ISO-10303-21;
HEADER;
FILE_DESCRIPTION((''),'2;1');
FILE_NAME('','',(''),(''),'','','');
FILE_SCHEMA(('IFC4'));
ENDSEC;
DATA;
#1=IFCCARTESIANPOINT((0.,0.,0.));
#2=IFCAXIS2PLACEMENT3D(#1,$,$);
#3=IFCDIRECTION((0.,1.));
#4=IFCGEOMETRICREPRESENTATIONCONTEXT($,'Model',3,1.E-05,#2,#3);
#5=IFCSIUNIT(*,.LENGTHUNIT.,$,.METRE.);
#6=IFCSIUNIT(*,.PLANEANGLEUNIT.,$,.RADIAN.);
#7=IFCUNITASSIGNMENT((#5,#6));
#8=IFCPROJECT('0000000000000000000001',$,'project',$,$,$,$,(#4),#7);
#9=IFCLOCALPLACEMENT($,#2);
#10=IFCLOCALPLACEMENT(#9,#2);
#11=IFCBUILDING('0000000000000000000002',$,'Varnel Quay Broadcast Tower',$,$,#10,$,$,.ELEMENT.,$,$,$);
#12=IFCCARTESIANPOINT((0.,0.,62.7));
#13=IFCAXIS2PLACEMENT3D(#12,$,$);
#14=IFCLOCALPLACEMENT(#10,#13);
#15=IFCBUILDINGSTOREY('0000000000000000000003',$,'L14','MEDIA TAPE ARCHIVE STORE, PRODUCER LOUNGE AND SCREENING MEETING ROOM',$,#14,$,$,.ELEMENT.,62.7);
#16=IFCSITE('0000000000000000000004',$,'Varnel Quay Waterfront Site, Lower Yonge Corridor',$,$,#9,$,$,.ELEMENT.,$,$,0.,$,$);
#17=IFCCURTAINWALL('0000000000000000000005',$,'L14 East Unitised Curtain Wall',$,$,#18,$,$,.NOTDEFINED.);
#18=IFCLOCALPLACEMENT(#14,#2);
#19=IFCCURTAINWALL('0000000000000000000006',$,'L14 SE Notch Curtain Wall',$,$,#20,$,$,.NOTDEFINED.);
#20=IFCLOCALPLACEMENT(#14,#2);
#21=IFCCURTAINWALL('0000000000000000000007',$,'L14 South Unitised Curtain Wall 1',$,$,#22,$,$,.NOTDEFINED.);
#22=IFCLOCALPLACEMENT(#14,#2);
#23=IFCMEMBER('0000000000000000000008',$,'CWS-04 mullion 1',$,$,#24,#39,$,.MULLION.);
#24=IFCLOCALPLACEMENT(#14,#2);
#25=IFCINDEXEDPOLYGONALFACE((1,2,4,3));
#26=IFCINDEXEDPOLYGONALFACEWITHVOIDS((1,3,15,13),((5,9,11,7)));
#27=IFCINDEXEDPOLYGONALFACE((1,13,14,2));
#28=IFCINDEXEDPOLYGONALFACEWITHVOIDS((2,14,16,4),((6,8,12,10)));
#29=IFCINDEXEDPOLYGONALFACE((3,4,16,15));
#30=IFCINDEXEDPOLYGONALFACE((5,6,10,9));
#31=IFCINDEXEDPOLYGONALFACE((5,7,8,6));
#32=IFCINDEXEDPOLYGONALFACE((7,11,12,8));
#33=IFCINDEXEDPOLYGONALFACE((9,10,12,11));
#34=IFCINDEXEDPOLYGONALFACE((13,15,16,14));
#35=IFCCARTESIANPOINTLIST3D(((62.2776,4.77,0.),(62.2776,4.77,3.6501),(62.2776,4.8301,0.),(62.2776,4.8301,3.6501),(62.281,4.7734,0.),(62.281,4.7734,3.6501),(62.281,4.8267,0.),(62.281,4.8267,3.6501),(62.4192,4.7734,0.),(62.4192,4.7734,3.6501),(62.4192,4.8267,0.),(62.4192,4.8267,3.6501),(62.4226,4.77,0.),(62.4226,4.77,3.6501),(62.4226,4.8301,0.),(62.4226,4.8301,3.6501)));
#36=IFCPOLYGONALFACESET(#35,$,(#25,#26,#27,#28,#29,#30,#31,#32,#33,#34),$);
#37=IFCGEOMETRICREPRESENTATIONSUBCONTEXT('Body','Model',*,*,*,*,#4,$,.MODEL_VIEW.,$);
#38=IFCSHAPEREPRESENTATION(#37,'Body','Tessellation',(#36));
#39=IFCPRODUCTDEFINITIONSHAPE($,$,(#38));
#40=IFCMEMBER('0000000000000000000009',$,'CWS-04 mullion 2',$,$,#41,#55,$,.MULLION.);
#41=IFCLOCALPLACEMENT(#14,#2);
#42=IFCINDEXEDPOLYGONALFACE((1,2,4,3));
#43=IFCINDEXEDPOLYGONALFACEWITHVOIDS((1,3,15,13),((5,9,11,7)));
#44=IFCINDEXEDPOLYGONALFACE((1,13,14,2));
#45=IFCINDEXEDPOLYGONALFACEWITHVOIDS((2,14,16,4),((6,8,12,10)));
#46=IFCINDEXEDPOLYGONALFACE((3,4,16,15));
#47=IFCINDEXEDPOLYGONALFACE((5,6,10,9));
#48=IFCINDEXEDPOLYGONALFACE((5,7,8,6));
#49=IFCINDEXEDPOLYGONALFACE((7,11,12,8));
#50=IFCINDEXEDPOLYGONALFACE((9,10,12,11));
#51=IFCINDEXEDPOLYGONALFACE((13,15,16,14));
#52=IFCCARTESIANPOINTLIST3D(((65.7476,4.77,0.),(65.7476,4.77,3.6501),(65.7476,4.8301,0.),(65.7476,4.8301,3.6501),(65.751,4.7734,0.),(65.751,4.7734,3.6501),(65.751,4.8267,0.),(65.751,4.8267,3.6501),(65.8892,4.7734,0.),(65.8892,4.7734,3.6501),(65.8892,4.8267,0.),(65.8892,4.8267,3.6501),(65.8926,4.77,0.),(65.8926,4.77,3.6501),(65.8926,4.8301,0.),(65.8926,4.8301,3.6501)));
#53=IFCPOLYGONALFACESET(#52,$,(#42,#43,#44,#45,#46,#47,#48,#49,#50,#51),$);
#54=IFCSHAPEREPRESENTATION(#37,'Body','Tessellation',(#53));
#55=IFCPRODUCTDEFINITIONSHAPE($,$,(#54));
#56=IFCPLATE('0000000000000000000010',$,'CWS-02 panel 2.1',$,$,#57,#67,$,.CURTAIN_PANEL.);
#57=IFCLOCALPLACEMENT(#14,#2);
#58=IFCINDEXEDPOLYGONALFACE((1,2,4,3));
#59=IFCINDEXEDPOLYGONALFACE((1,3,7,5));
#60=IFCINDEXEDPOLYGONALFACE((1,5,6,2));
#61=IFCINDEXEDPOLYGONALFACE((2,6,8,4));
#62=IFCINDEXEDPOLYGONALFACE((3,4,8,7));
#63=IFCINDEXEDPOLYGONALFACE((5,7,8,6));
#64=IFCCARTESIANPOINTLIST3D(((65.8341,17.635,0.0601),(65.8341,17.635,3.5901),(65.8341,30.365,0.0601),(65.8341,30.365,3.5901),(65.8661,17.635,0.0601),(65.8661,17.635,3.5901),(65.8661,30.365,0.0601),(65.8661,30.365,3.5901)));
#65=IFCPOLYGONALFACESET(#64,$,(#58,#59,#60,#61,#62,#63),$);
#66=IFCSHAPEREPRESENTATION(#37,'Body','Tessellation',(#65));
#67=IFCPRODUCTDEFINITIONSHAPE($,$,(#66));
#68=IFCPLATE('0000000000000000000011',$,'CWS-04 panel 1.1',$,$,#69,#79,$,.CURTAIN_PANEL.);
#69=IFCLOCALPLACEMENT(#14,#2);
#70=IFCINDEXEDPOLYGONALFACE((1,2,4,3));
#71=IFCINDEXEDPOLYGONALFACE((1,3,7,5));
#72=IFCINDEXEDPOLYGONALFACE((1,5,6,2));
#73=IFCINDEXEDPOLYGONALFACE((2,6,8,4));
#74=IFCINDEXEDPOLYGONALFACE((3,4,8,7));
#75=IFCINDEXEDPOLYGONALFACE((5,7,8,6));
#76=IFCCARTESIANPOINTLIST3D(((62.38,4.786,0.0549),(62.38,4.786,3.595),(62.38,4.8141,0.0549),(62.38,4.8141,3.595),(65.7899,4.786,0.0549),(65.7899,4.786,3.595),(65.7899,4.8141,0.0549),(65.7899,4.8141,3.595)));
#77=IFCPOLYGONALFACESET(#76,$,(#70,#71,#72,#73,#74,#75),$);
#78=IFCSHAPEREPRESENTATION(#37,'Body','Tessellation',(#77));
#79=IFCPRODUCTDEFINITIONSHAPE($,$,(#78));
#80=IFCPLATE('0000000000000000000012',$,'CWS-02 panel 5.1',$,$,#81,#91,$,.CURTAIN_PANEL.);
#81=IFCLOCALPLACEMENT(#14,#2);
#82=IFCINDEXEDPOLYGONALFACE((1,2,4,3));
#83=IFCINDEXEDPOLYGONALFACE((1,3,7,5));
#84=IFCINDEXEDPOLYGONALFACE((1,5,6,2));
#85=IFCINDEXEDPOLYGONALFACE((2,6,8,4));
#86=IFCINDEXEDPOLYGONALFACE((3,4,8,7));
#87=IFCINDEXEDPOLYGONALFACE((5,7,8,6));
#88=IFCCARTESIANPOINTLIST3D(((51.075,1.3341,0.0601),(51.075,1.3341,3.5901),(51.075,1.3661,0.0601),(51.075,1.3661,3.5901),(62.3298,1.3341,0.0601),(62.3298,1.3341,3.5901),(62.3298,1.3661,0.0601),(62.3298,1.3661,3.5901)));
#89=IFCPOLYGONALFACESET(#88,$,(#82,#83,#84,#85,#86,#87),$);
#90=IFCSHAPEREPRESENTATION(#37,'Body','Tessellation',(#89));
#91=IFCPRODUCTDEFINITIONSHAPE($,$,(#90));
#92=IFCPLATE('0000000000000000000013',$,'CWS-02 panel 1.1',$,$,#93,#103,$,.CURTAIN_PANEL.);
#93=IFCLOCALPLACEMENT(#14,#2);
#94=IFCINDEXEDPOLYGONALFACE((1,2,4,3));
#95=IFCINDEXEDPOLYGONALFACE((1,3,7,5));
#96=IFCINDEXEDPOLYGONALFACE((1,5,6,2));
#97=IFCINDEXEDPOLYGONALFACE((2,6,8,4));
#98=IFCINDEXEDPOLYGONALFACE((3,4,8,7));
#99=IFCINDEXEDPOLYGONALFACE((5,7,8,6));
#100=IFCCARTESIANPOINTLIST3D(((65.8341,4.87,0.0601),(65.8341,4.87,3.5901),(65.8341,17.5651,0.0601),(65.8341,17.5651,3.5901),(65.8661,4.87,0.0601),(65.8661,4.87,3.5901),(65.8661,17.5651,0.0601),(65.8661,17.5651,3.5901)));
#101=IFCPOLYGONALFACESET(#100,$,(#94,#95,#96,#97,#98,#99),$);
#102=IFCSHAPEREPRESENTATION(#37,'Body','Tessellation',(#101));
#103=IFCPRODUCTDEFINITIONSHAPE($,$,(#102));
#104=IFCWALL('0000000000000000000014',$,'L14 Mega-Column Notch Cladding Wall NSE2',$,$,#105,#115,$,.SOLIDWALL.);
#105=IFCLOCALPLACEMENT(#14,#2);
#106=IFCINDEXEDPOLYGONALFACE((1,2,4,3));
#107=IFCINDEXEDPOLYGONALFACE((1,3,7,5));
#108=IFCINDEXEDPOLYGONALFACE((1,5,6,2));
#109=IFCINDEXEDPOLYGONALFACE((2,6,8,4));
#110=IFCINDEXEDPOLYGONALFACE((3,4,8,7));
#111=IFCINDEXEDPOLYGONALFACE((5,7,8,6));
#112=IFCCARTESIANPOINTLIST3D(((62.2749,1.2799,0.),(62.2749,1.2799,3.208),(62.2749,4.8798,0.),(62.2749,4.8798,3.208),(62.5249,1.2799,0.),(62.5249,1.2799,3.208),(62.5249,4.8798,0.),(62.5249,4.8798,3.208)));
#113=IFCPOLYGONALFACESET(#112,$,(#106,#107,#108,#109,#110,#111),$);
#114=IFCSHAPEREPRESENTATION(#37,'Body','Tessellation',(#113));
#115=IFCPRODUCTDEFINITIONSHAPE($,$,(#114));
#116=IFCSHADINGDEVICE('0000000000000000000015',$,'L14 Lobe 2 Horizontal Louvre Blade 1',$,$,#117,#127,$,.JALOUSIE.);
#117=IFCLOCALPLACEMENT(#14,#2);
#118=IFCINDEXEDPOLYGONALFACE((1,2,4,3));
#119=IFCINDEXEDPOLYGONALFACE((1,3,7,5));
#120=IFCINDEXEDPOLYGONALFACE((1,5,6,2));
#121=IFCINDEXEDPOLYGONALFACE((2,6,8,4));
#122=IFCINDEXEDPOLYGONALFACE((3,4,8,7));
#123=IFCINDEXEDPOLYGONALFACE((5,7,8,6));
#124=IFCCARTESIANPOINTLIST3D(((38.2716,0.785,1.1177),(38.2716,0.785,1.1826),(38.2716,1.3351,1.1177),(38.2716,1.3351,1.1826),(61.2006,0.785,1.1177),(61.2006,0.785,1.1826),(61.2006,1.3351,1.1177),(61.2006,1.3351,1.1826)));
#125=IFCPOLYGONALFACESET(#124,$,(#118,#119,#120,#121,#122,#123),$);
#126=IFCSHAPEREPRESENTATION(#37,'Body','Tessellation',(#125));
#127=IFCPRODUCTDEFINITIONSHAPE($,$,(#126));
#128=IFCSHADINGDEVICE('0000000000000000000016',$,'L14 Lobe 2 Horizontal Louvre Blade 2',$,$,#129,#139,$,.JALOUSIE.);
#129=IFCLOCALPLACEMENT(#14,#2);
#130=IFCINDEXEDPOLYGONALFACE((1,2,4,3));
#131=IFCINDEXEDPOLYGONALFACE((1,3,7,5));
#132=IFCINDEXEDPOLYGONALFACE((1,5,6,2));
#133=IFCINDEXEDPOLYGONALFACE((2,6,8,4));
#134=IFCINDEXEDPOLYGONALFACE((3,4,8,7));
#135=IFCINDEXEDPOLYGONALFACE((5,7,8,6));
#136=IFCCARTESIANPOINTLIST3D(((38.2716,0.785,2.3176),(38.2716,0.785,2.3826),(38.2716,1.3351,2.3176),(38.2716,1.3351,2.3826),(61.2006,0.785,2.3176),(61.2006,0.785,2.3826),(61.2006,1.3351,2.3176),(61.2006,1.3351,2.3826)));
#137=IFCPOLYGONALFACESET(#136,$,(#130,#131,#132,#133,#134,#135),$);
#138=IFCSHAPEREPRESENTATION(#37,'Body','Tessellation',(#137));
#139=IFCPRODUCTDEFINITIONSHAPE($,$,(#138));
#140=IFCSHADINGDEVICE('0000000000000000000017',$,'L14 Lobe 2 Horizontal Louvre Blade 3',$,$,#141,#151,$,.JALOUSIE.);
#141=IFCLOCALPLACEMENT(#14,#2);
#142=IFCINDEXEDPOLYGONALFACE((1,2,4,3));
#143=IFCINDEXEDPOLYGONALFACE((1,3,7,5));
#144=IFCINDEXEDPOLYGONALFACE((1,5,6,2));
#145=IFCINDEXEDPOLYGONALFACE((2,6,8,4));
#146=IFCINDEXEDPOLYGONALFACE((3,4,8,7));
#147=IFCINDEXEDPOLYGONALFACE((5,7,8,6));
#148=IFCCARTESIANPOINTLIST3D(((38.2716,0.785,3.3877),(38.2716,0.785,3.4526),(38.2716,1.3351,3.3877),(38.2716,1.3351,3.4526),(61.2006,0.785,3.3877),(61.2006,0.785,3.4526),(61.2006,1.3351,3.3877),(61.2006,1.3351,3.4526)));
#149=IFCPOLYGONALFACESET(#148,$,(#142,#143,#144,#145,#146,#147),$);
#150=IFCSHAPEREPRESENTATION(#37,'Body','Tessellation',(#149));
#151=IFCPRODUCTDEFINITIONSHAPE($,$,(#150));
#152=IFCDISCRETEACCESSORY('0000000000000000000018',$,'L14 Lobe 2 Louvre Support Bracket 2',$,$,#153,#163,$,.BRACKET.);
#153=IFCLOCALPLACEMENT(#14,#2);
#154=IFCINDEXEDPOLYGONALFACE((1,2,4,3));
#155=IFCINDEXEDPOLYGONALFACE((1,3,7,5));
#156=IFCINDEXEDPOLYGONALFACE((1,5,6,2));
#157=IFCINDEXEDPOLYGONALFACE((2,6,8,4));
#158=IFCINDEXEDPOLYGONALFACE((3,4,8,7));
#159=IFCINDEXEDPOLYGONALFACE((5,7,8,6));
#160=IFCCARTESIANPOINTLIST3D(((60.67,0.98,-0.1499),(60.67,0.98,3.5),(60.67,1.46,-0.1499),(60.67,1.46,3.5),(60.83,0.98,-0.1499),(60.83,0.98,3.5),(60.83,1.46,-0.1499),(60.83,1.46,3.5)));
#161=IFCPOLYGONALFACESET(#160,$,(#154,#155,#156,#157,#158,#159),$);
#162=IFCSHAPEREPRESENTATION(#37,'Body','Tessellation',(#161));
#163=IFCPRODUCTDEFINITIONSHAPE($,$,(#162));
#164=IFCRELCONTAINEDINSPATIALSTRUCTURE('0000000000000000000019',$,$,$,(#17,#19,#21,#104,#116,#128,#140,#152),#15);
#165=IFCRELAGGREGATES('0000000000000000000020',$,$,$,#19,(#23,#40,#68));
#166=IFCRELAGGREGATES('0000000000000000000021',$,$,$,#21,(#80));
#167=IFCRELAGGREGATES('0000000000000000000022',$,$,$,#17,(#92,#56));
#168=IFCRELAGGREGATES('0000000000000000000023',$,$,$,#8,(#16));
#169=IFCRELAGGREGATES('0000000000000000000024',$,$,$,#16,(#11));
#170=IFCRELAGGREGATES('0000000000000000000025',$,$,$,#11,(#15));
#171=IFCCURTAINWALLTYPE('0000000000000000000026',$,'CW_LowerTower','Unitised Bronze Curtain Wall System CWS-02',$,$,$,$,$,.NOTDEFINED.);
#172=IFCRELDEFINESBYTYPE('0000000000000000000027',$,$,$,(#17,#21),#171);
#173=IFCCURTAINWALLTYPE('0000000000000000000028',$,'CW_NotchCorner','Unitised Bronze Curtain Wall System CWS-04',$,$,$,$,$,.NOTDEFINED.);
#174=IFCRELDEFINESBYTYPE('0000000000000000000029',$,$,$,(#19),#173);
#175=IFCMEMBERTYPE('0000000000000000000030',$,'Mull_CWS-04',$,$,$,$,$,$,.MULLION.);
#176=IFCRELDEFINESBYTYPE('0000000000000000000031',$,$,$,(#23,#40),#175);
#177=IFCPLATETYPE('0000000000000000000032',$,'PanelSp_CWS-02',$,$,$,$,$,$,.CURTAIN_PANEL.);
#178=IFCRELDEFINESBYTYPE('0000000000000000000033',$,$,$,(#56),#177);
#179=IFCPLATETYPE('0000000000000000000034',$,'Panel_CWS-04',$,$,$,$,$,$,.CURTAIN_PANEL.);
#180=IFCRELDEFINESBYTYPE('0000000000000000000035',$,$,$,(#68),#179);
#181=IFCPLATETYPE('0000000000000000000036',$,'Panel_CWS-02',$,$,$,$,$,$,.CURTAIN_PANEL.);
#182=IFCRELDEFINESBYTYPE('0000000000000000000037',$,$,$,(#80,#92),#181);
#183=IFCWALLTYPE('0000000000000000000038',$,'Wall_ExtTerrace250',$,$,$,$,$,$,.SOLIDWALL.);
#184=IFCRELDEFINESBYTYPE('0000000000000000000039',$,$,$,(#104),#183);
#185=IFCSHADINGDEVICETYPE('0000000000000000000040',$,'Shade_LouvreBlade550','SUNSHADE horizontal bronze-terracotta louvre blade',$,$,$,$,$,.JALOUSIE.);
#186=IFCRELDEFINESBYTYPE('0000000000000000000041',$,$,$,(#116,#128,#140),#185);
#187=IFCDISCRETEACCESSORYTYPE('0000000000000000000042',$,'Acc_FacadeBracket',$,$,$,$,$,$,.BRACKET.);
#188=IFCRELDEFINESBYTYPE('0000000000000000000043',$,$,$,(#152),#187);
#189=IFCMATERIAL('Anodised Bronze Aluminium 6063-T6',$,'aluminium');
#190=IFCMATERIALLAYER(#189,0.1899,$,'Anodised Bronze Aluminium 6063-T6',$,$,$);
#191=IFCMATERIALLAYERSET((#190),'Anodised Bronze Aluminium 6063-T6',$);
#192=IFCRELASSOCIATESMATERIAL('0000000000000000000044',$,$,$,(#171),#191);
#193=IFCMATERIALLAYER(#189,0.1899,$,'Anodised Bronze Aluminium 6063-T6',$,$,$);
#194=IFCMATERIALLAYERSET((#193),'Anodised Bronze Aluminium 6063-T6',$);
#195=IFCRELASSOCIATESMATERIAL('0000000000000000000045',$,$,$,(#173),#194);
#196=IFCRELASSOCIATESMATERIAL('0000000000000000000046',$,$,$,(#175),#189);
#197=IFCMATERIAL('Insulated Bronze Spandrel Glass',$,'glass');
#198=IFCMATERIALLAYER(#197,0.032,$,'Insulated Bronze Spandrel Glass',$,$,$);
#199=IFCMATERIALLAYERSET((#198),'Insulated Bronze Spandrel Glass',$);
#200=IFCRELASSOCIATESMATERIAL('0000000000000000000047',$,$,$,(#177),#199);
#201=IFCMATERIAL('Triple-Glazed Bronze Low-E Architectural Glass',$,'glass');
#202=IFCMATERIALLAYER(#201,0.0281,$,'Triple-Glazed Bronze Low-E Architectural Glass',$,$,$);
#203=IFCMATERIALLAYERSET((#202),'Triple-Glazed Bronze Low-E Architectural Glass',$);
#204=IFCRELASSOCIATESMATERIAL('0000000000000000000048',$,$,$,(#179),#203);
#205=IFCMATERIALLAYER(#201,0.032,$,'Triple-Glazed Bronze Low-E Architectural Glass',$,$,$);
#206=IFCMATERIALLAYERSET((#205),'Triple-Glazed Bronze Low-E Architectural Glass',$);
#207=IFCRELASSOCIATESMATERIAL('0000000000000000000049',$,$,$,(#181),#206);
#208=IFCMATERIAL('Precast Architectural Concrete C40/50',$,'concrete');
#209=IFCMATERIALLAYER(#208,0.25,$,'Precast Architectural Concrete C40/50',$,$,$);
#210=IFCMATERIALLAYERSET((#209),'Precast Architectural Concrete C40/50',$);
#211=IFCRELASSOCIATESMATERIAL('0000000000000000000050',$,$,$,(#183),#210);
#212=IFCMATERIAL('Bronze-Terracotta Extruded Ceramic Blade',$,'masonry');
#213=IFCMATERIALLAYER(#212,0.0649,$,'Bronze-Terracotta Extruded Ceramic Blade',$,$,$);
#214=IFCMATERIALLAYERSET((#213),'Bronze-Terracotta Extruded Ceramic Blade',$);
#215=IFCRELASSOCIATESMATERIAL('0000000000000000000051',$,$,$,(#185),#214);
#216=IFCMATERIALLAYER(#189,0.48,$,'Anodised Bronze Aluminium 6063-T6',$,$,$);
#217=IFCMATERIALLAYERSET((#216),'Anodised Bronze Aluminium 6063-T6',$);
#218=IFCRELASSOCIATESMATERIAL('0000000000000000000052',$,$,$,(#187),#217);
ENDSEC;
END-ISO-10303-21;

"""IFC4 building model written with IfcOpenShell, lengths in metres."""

from ifc_helpers import new_model, si_unit, direction, frame, frame_2d, origin, origin_2d, place, context, subcontext, project, spatial, rectangle, hollow_rectangle, extrude, source, transform, mapped, material, layer, layer_set, material_profile, profile_set, type_object, type_shapes, element, aggregate, save


model = new_model("IFC4")

# Units and contexts
model_context = context("Model", 3, precision=1e-05, world=origin(), true_north=direction((0.0, 1.0)))
body_context = subcontext(model_context, "Body", "Model", "MODEL_VIEW")
ifc_project = project(units=[si_unit("LENGTHUNIT", "METRE"), si_unit("PLANEANGLEUNIT", "RADIAN")], contexts=[model_context])

# Site, building, storey
site_placement = place(None, origin())
site = spatial("IfcSite", under=ifc_project, at=site_placement, Name="Varnel Quay Waterfront Site, Lower Yonge Corridor", CompositionType="ELEMENT", RefElevation=0.0)
building_placement = place(site_placement, origin())
building = spatial("IfcBuilding", under=site, at=building_placement, Name="Varnel Quay Broadcast Tower", CompositionType="ELEMENT")
storey_placement = place(building_placement, frame((0.0, 0.0, 62.7)))
storey = spatial("IfcBuildingStorey", under=building, at=storey_placement, Name="L14", Description="MEDIA TAPE ARCHIVE STORE, PRODUCER LOUNGE AND SCREENING MEETING ROOM", CompositionType="ELEMENT", Elevation=62.7)

# Curtain walls
ifc_material_1 = material(Name="Anodised Bronze Aluminium 6063-T6", Category="aluminium")
ifc_layer_1 = layer(ifc_material_1, 0.1899, Name="Anodised Bronze Aluminium 6063-T6")
ifc_layer_set_1 = layer_set([ifc_layer_1], Name="Anodised Bronze Aluminium 6063-T6")
curtain_wall_type_1 = type_object("IfcCurtainWallType", Name="CW_LowerTower", Description="Unitised Bronze Curtain Wall System CWS-02", PredefinedType="NOTDEFINED", material=ifc_layer_set_1)
curtain_wall_1_placement = place(storey_placement, origin())
curtain_wall_1 = element("IfcCurtainWall", 1, at=curtain_wall_1_placement, inside=storey, type_object=curtain_wall_type_1, Name="L14 East Unitised Curtain Wall", PredefinedType="NOTDEFINED")
ifc_layer_2 = layer(ifc_material_1, 0.1899, Name="Anodised Bronze Aluminium 6063-T6")
ifc_layer_set_2 = layer_set([ifc_layer_2], Name="Anodised Bronze Aluminium 6063-T6")
curtain_wall_type_2 = type_object("IfcCurtainWallType", Name="CW_NotchCorner", Description="Unitised Bronze Curtain Wall System CWS-04", PredefinedType="NOTDEFINED", material=ifc_layer_set_2)
curtain_wall_2_placement = place(storey_placement, origin())
curtain_wall_2 = element("IfcCurtainWall", 2, at=curtain_wall_2_placement, inside=storey, type_object=curtain_wall_type_2, Name="L14 SE Notch Curtain Wall", PredefinedType="NOTDEFINED")
curtain_wall_3_placement = place(storey_placement, origin())
curtain_wall_3 = element("IfcCurtainWall", 3, at=curtain_wall_3_placement, inside=storey, type_object=curtain_wall_type_1, Name="L14 South Unitised Curtain Wall 1", PredefinedType="NOTDEFINED")

# Members
ifc_material_profile_1 = material_profile(ifc_material_1, hollow_rectangle(XDim=0.0601, YDim=0.145, WallThickness=0.0034, at=origin_2d()), Name="ALU60X145X3.5")
ifc_profile_set_1 = profile_set([ifc_material_profile_1], Name="Anodised Bronze Aluminium 6063-T6")
member_type_1 = type_object("IfcMemberType", Name="Mull_CWS-04", PredefinedType="MULLION", material=ifc_profile_set_1)
shared_shape_1 = source(origin(), body_context, "Body", "SweptSolid", [
    extrude(hollow_rectangle(XDim=0.0601, YDim=0.145, WallThickness=0.0034, at=origin_2d()), origin(), (0.0, 0.0, 1.0), 3.6501),
])
type_shapes(member_type_1, [shared_shape_1])
member_1_placement = place(storey_placement, frame((62.3501, 4.8, 0.0), z_axis=(0.0, 0.0, 1.0), x_axis=(0.0, 1.0, 0.0)))
member_1 = element("IfcMember", 4, at=member_1_placement, type_object=member_type_1, Name="CWS-04 mullion 1", PredefinedType="MULLION", context=body_context, shape_type="MappedRepresentation", body=[
    mapped(shared_shape_1, transform((0.0, 0.0, 0.0), x_axis=(1.0, 0.0, 0.0), y_axis=(0.0, 1.0, 0.0), z_axis=(0.0, 0.0, 1.0), scale=1.0)),
])
member_2_placement = place(storey_placement, frame((65.8201, 4.8, 0.0), z_axis=(0.0, 0.0, 1.0), x_axis=(0.0, 1.0, 0.0)))
member_2 = element("IfcMember", 5, at=member_2_placement, type_object=member_type_1, Name="CWS-04 mullion 2", PredefinedType="MULLION", context=body_context, shape_type="MappedRepresentation", body=[
    mapped(shared_shape_1, transform((0.0, 0.0, 0.0), x_axis=(1.0, 0.0, 0.0), y_axis=(0.0, 1.0, 0.0), z_axis=(0.0, 0.0, 1.0), scale=1.0)),
])

# Plates
ifc_material_2 = material(Name="Insulated Bronze Spandrel Glass", Category="glass")
ifc_layer_3 = layer(ifc_material_2, 0.032, Name="Insulated Bronze Spandrel Glass")
ifc_layer_set_3 = layer_set([ifc_layer_3], Name="Insulated Bronze Spandrel Glass")
plate_type_1 = type_object("IfcPlateType", Name="PanelSp_CWS-02", PredefinedType="CURTAIN_PANEL", material=ifc_layer_set_3)
shared_shape_2 = source(origin(), body_context, "Body", "SweptSolid", [
    extrude(rectangle(XDim=12.73, YDim=0.032, at=origin_2d()), origin(), (0.0, 0.0, 1.0), 3.53),
])
type_shapes(plate_type_1, [shared_shape_2])
plate_1_placement = place(storey_placement, frame((65.8501, 24.0, 0.0601), z_axis=(0.0, 0.0, 1.0), x_axis=(0.0, 1.0, 0.0)))
plate_1 = element("IfcPlate", 6, at=plate_1_placement, type_object=plate_type_1, Name="CWS-02 panel 2.1", PredefinedType="CURTAIN_PANEL", context=body_context, shape_type="MappedRepresentation", body=[
    mapped(shared_shape_2, transform((0.0, 0.0, 0.0), x_axis=(1.0, 0.0, 0.0), y_axis=(0.0, 1.0, 0.0), z_axis=(0.0, 0.0, 1.0), scale=1.0)),
])
ifc_material_3 = material(Name="Triple-Glazed Bronze Low-E Architectural Glass", Category="glass")
ifc_layer_4 = layer(ifc_material_3, 0.0281, Name="Triple-Glazed Bronze Low-E Architectural Glass")
ifc_layer_set_4 = layer_set([ifc_layer_4], Name="Triple-Glazed Bronze Low-E Architectural Glass")
plate_type_2 = type_object("IfcPlateType", Name="Panel_CWS-04", PredefinedType="CURTAIN_PANEL", material=ifc_layer_set_4)
shared_shape_3 = source(origin(), body_context, "Body", "SweptSolid", [
    extrude(rectangle(XDim=3.4099, YDim=0.0281, at=origin_2d()), origin(), (0.0, 0.0, 1.0), 3.54),
])
type_shapes(plate_type_2, [shared_shape_3])
plate_2_placement = place(storey_placement, frame((64.085, 4.8, 0.0549), z_axis=(0.0, 0.0, 1.0), x_axis=(1.0, 0.0, 0.0)))
plate_2 = element("IfcPlate", 7, at=plate_2_placement, type_object=plate_type_2, Name="CWS-04 panel 1.1", PredefinedType="CURTAIN_PANEL", context=body_context, shape_type="MappedRepresentation", body=[
    mapped(shared_shape_3, transform((0.0, 0.0, 0.0), x_axis=(1.0, 0.0, 0.0), y_axis=(0.0, 1.0, 0.0), z_axis=(0.0, 0.0, 1.0), scale=1.0)),
])
aggregate(curtain_wall_2, [member_1, member_2, plate_2])
ifc_layer_5 = layer(ifc_material_3, 0.032, Name="Triple-Glazed Bronze Low-E Architectural Glass")
ifc_layer_set_5 = layer_set([ifc_layer_5], Name="Triple-Glazed Bronze Low-E Architectural Glass")
plate_type_3 = type_object("IfcPlateType", Name="Panel_CWS-02", PredefinedType="CURTAIN_PANEL", material=ifc_layer_set_5)
shared_shape_4 = source(origin(), body_context, "Body", "SweptSolid", [
    extrude(rectangle(XDim=11.2549, YDim=0.032, at=origin_2d()), origin(), (0.0, 0.0, 1.0), 3.53),
])
plate_3_placement = place(storey_placement, frame((56.7024, 1.3501, 0.0601), z_axis=(0.0, 0.0, 1.0), x_axis=(1.0, 0.0, 0.0)))
plate_3 = element("IfcPlate", 8, at=plate_3_placement, type_object=plate_type_3, Name="CWS-02 panel 5.1", PredefinedType="CURTAIN_PANEL", context=body_context, shape_type="MappedRepresentation", body=[
    mapped(shared_shape_4, transform((0.0, 0.0, 0.0), x_axis=(1.0, 0.0, 0.0), y_axis=(0.0, 1.0, 0.0), z_axis=(0.0, 0.0, 1.0), scale=1.0)),
])
aggregate(curtain_wall_3, [plate_3])
shared_shape_5 = source(origin(), body_context, "Body", "SweptSolid", [
    extrude(rectangle(XDim=12.6951, YDim=0.032, at=origin_2d()), origin(), (0.0, 0.0, 1.0), 3.53),
])
type_shapes(plate_type_3, [shared_shape_4, shared_shape_5])
plate_4_placement = place(storey_placement, frame((65.8501, 11.2175, 0.0601), z_axis=(0.0, 0.0, 1.0), x_axis=(0.0, 1.0, 0.0)))
plate_4 = element("IfcPlate", 9, at=plate_4_placement, type_object=plate_type_3, Name="CWS-02 panel 1.1", PredefinedType="CURTAIN_PANEL", context=body_context, shape_type="MappedRepresentation", body=[
    mapped(shared_shape_5, transform((0.0, 0.0, 0.0), x_axis=(1.0, 0.0, 0.0), y_axis=(0.0, 1.0, 0.0), z_axis=(0.0, 0.0, 1.0), scale=1.0)),
])
aggregate(curtain_wall_1, [plate_4, plate_1])

# Wall
ifc_material_4 = material(Name="Precast Architectural Concrete C40/50", Category="concrete")
ifc_layer_6 = layer(ifc_material_4, 0.25, Name="Precast Architectural Concrete C40/50")
ifc_layer_set_6 = layer_set([ifc_layer_6], Name="Precast Architectural Concrete C40/50")
wall_type = type_object("IfcWallType", Name="Wall_ExtTerrace250", PredefinedType="SOLIDWALL", material=ifc_layer_set_6)
wall_placement = place(storey_placement, frame((62.3999, 1.28, 0.0), z_axis=(0.0, 0.0, 1.0), x_axis=(0.0, 1.0, 0.0)))
element("IfcWall", 10, at=wall_placement, inside=storey, type_object=wall_type, Name="L14 Mega-Column Notch Cladding Wall NSE2", PredefinedType="SOLIDWALL", context=body_context, shape_type="SweptSolid", body=[
    extrude(rectangle(XDim=3.5999, YDim=0.25, at=frame_2d((1.7998, 0.0))), origin(), (0.0, 0.0, 1.0), 3.208),
])

# Shading devices
ifc_material_5 = material(Name="Bronze-Terracotta Extruded Ceramic Blade", Category="masonry")
ifc_layer_7 = layer(ifc_material_5, 0.0649, Name="Bronze-Terracotta Extruded Ceramic Blade")
ifc_layer_set_7 = layer_set([ifc_layer_7], Name="Bronze-Terracotta Extruded Ceramic Blade")
shading_device_type = type_object("IfcShadingDeviceType", Name="Shade_LouvreBlade550", Description="SUNSHADE horizontal bronze-terracotta louvre blade", PredefinedType="JALOUSIE", material=ifc_layer_set_7)
shared_shape_6 = source(origin(), body_context, "Body", "SweptSolid", [
    extrude(rectangle(XDim=22.929, YDim=0.55, at=origin_2d()), origin(), (0.0, 0.0, 1.0), 0.0649),
])
type_shapes(shading_device_type, [shared_shape_6])
for number, where, z_axis, x_axis, name in (
    (11, (49.7361, 1.0601, 1.1177), (0.0, 0.0, 1.0), (1.0, 0.0, 0.0), "L14 Lobe 2 Horizontal Louvre Blade 1"),
    (12, (49.7361, 1.0601, 2.3176), (0.0, 0.0, 1.0), (1.0, 0.0, 0.0), "L14 Lobe 2 Horizontal Louvre Blade 2"),
    (13, (49.7361, 1.0601, 3.3877), (0.0, 0.0, 1.0), (1.0, 0.0, 0.0), "L14 Lobe 2 Horizontal Louvre Blade 3"),
):
    element("IfcShadingDevice", number, at=place(storey_placement, frame(where, z_axis=z_axis, x_axis=x_axis)), inside=storey, type_object=shading_device_type, Name=name, PredefinedType="JALOUSIE", context=body_context, shape_type="MappedRepresentation", body=[
        mapped(shared_shape_6, transform((0.0, 0.0, 0.0), x_axis=(1.0, 0.0, 0.0), y_axis=(0.0, 1.0, 0.0), z_axis=(0.0, 0.0, 1.0), scale=1.0)),
    ])

# Discrete accessory
ifc_layer_8 = layer(ifc_material_1, 0.48, Name="Anodised Bronze Aluminium 6063-T6")
ifc_layer_set_8 = layer_set([ifc_layer_8], Name="Anodised Bronze Aluminium 6063-T6")
discrete_accessory_type = type_object("IfcDiscreteAccessoryType", Name="Acc_FacadeBracket", PredefinedType="BRACKET", material=ifc_layer_set_8)
shared_shape_7 = source(origin(), body_context, "Body", "SweptSolid", [
    extrude(rectangle(XDim=0.1599, YDim=0.48, at=origin_2d()), origin(), (0.0, 0.0, 1.0), 3.6499),
])
type_shapes(discrete_accessory_type, [shared_shape_7])
discrete_accessory_placement = place(storey_placement, frame((60.75, 1.22, -0.1499), z_axis=(0.0, 0.0, 1.0), x_axis=(1.0, 0.0, 0.0)))
element("IfcDiscreteAccessory", 14, at=discrete_accessory_placement, inside=storey, type_object=discrete_accessory_type, Name="L14 Lobe 2 Louvre Support Bracket 2", PredefinedType="BRACKET", context=body_context, shape_type="MappedRepresentation", body=[
    mapped(shared_shape_7, transform((0.0, 0.0, 0.0), x_axis=(1.0, 0.0, 0.0), y_axis=(0.0, 1.0, 0.0), z_axis=(0.0, 0.0, 1.0), scale=1.0)),
])

save(model, "model.ifc")
